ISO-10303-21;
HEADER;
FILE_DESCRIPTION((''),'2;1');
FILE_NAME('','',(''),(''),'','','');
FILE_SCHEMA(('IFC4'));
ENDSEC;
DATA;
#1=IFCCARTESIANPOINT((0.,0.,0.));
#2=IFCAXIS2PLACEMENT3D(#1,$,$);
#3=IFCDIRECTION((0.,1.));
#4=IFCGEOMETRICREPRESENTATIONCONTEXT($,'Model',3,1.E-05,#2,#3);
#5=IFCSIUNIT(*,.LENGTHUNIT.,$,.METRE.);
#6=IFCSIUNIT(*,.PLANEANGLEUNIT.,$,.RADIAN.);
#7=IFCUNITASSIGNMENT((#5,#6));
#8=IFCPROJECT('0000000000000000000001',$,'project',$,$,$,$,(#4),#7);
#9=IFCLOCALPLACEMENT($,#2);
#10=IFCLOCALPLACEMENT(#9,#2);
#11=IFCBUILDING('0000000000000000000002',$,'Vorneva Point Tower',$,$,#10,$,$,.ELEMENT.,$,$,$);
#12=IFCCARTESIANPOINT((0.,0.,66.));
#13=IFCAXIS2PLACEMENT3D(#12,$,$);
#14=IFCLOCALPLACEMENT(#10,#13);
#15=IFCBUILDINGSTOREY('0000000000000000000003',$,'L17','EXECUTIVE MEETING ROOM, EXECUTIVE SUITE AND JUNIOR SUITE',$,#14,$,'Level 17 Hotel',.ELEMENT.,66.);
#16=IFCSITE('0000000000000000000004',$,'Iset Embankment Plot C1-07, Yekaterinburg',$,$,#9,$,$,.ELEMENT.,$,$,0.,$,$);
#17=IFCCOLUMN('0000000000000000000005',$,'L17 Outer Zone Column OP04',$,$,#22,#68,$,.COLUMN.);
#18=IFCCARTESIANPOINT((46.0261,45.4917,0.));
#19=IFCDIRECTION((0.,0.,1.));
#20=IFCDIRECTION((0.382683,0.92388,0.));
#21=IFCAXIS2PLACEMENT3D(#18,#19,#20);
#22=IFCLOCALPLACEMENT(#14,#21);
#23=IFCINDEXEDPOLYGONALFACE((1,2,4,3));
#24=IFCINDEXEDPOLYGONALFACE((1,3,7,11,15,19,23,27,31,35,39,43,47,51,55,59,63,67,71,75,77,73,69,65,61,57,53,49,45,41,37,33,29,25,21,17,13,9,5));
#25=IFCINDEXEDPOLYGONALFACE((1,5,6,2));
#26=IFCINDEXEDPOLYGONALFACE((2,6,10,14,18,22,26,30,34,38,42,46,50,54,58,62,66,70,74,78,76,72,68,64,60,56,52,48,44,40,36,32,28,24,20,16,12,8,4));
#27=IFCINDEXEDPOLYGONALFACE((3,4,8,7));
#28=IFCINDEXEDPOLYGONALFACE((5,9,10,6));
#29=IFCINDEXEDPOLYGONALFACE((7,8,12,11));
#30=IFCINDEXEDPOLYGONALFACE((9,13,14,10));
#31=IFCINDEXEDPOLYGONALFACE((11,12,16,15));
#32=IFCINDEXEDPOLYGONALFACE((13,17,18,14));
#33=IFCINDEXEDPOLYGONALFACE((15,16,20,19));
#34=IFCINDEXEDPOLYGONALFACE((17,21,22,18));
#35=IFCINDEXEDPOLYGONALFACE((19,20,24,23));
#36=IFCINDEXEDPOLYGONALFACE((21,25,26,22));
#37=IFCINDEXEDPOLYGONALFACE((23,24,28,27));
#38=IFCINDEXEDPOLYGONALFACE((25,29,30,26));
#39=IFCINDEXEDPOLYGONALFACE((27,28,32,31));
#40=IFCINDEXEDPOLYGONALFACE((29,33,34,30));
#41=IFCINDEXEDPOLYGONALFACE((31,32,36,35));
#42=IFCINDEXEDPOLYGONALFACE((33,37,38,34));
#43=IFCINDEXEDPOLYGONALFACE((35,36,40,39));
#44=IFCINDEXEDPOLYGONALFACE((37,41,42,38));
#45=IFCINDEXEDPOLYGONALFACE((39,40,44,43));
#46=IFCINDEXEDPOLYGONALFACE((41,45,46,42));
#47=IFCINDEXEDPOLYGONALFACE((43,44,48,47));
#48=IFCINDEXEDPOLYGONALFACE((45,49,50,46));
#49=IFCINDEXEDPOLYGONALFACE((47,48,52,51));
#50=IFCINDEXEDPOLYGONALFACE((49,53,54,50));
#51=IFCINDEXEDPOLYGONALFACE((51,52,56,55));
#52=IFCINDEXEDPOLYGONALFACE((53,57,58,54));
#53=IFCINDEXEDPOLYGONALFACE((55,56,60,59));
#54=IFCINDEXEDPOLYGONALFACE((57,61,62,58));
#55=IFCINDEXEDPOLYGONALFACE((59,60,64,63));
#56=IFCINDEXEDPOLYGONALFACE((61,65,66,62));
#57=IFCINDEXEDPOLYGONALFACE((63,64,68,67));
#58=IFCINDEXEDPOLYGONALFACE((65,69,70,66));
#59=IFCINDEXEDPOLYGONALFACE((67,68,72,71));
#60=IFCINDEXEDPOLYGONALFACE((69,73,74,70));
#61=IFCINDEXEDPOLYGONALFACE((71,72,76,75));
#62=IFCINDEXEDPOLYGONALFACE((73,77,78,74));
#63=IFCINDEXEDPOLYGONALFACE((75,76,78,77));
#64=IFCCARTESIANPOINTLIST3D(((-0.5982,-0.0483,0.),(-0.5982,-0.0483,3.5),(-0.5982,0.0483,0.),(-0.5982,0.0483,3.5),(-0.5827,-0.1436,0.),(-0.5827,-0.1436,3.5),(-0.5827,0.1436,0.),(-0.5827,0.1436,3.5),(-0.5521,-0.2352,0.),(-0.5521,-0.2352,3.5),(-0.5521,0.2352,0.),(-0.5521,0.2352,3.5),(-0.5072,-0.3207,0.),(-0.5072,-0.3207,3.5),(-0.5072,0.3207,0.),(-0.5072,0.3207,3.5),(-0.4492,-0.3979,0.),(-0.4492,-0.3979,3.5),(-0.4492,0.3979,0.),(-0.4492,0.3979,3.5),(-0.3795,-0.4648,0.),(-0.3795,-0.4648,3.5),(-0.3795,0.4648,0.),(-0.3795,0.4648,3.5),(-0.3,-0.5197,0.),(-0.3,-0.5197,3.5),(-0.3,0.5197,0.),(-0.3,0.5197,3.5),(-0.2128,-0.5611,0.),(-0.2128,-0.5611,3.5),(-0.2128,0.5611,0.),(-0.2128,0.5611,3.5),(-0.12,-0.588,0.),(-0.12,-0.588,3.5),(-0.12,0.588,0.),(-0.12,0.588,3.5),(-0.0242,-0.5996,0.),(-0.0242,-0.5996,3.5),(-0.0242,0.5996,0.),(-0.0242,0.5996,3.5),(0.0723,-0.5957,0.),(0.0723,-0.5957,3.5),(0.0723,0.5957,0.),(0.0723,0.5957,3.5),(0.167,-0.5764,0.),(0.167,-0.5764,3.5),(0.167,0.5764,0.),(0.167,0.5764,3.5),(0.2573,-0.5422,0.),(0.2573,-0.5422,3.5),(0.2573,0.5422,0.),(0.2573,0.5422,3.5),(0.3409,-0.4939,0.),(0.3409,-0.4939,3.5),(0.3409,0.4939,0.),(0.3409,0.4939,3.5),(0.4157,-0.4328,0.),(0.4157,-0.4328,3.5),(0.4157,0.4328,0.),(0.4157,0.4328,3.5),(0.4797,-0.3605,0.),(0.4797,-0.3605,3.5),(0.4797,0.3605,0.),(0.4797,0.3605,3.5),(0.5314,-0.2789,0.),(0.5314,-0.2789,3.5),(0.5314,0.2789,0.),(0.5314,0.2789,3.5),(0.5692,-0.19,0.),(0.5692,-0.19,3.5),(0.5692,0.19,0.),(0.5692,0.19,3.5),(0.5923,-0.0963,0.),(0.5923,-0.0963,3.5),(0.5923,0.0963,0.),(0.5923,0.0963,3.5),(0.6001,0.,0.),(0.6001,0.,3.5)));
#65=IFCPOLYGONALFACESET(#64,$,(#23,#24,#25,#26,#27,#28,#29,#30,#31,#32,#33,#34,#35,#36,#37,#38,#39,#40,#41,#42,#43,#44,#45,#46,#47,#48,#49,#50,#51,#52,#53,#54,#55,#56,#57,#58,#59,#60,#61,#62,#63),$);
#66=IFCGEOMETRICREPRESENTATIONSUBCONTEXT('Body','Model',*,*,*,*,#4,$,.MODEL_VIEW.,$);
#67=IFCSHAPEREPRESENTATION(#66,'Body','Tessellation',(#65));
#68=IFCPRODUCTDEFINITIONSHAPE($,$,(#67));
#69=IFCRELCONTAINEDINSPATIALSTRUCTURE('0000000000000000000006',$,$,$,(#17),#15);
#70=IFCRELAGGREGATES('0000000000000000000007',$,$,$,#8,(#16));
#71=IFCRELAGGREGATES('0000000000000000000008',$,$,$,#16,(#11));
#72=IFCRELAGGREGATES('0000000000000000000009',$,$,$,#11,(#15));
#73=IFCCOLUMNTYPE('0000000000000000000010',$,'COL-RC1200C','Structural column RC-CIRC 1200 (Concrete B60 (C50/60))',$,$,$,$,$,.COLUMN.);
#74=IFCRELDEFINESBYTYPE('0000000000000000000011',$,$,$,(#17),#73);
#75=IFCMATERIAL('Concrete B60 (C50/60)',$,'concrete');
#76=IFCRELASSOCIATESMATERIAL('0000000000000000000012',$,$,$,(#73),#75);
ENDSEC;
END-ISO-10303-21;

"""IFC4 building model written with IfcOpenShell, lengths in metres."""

from ifc_helpers import new_model, si_unit, direction, frame, origin, origin_2d, place, context, subcontext, project, spatial, circle, extrude, material, material_profile, profile_set, type_object, element, save


model = new_model("IFC4")

# Units and contexts
model_context = context("Model", 3, precision=1e-05, world=origin(), true_north=direction((0.0, 1.0)))
body_context = subcontext(model_context, "Body", "Model", "MODEL_VIEW")
ifc_project = project(units=[si_unit("LENGTHUNIT", "METRE"), si_unit("PLANEANGLEUNIT", "RADIAN")], contexts=[model_context])

# Site, building, storey
site_placement = place(None, origin())
site = spatial("IfcSite", under=ifc_project, at=site_placement, Name="Iset Embankment Plot C1-07, Yekaterinburg", CompositionType="ELEMENT", RefElevation=0.0)
building_placement = place(site_placement, origin())
building = spatial("IfcBuilding", under=site, at=building_placement, Name="Vorneva Point Tower", CompositionType="ELEMENT")
storey_placement = place(building_placement, frame((0.0, 0.0, 66.0)))
storey = spatial("IfcBuildingStorey", under=building, at=storey_placement, Name="L17", Description="EXECUTIVE MEETING ROOM, EXECUTIVE SUITE AND JUNIOR SUITE", LongName="Level 17 Hotel", CompositionType="ELEMENT", Elevation=66.0)

# Column
ifc_material_1 = material(Name="Concrete B60 (C50/60)", Category="concrete")
ifc_material_profile_1 = material_profile(ifc_material_1, circle(Radius=0.6001, at=origin_2d()), Name="RC-CIRC 1200")
ifc_profile_set_1 = profile_set([ifc_material_profile_1], Name="Concrete B60 (C50/60)")
column_type = type_object("IfcColumnType", Name="COL-RC1200C", Description="Structural column RC-CIRC 1200 (Concrete B60 (C50/60))", PredefinedType="COLUMN", material=ifc_profile_set_1)
for number, where, z_axis, x_axis, name in (
    (1, (46.0261, 45.4917, 0.0), (0.0, 0.0, 1.0), (0.382683, 0.92388, 0.0), "L17 Outer Zone Column OP04"),
):
    element("IfcColumn", number, at=place(storey_placement, frame(where, z_axis=z_axis, x_axis=x_axis)), inside=storey, type_object=column_type, Name=name, PredefinedType="COLUMN", context=body_context, shape_type="SweptSolid", body=[
        extrude(circle(Radius=0.6001, at=origin_2d()), origin(), (0.0, 0.0, 1.0), 3.5),
    ])

save(model, "model.ifc")
